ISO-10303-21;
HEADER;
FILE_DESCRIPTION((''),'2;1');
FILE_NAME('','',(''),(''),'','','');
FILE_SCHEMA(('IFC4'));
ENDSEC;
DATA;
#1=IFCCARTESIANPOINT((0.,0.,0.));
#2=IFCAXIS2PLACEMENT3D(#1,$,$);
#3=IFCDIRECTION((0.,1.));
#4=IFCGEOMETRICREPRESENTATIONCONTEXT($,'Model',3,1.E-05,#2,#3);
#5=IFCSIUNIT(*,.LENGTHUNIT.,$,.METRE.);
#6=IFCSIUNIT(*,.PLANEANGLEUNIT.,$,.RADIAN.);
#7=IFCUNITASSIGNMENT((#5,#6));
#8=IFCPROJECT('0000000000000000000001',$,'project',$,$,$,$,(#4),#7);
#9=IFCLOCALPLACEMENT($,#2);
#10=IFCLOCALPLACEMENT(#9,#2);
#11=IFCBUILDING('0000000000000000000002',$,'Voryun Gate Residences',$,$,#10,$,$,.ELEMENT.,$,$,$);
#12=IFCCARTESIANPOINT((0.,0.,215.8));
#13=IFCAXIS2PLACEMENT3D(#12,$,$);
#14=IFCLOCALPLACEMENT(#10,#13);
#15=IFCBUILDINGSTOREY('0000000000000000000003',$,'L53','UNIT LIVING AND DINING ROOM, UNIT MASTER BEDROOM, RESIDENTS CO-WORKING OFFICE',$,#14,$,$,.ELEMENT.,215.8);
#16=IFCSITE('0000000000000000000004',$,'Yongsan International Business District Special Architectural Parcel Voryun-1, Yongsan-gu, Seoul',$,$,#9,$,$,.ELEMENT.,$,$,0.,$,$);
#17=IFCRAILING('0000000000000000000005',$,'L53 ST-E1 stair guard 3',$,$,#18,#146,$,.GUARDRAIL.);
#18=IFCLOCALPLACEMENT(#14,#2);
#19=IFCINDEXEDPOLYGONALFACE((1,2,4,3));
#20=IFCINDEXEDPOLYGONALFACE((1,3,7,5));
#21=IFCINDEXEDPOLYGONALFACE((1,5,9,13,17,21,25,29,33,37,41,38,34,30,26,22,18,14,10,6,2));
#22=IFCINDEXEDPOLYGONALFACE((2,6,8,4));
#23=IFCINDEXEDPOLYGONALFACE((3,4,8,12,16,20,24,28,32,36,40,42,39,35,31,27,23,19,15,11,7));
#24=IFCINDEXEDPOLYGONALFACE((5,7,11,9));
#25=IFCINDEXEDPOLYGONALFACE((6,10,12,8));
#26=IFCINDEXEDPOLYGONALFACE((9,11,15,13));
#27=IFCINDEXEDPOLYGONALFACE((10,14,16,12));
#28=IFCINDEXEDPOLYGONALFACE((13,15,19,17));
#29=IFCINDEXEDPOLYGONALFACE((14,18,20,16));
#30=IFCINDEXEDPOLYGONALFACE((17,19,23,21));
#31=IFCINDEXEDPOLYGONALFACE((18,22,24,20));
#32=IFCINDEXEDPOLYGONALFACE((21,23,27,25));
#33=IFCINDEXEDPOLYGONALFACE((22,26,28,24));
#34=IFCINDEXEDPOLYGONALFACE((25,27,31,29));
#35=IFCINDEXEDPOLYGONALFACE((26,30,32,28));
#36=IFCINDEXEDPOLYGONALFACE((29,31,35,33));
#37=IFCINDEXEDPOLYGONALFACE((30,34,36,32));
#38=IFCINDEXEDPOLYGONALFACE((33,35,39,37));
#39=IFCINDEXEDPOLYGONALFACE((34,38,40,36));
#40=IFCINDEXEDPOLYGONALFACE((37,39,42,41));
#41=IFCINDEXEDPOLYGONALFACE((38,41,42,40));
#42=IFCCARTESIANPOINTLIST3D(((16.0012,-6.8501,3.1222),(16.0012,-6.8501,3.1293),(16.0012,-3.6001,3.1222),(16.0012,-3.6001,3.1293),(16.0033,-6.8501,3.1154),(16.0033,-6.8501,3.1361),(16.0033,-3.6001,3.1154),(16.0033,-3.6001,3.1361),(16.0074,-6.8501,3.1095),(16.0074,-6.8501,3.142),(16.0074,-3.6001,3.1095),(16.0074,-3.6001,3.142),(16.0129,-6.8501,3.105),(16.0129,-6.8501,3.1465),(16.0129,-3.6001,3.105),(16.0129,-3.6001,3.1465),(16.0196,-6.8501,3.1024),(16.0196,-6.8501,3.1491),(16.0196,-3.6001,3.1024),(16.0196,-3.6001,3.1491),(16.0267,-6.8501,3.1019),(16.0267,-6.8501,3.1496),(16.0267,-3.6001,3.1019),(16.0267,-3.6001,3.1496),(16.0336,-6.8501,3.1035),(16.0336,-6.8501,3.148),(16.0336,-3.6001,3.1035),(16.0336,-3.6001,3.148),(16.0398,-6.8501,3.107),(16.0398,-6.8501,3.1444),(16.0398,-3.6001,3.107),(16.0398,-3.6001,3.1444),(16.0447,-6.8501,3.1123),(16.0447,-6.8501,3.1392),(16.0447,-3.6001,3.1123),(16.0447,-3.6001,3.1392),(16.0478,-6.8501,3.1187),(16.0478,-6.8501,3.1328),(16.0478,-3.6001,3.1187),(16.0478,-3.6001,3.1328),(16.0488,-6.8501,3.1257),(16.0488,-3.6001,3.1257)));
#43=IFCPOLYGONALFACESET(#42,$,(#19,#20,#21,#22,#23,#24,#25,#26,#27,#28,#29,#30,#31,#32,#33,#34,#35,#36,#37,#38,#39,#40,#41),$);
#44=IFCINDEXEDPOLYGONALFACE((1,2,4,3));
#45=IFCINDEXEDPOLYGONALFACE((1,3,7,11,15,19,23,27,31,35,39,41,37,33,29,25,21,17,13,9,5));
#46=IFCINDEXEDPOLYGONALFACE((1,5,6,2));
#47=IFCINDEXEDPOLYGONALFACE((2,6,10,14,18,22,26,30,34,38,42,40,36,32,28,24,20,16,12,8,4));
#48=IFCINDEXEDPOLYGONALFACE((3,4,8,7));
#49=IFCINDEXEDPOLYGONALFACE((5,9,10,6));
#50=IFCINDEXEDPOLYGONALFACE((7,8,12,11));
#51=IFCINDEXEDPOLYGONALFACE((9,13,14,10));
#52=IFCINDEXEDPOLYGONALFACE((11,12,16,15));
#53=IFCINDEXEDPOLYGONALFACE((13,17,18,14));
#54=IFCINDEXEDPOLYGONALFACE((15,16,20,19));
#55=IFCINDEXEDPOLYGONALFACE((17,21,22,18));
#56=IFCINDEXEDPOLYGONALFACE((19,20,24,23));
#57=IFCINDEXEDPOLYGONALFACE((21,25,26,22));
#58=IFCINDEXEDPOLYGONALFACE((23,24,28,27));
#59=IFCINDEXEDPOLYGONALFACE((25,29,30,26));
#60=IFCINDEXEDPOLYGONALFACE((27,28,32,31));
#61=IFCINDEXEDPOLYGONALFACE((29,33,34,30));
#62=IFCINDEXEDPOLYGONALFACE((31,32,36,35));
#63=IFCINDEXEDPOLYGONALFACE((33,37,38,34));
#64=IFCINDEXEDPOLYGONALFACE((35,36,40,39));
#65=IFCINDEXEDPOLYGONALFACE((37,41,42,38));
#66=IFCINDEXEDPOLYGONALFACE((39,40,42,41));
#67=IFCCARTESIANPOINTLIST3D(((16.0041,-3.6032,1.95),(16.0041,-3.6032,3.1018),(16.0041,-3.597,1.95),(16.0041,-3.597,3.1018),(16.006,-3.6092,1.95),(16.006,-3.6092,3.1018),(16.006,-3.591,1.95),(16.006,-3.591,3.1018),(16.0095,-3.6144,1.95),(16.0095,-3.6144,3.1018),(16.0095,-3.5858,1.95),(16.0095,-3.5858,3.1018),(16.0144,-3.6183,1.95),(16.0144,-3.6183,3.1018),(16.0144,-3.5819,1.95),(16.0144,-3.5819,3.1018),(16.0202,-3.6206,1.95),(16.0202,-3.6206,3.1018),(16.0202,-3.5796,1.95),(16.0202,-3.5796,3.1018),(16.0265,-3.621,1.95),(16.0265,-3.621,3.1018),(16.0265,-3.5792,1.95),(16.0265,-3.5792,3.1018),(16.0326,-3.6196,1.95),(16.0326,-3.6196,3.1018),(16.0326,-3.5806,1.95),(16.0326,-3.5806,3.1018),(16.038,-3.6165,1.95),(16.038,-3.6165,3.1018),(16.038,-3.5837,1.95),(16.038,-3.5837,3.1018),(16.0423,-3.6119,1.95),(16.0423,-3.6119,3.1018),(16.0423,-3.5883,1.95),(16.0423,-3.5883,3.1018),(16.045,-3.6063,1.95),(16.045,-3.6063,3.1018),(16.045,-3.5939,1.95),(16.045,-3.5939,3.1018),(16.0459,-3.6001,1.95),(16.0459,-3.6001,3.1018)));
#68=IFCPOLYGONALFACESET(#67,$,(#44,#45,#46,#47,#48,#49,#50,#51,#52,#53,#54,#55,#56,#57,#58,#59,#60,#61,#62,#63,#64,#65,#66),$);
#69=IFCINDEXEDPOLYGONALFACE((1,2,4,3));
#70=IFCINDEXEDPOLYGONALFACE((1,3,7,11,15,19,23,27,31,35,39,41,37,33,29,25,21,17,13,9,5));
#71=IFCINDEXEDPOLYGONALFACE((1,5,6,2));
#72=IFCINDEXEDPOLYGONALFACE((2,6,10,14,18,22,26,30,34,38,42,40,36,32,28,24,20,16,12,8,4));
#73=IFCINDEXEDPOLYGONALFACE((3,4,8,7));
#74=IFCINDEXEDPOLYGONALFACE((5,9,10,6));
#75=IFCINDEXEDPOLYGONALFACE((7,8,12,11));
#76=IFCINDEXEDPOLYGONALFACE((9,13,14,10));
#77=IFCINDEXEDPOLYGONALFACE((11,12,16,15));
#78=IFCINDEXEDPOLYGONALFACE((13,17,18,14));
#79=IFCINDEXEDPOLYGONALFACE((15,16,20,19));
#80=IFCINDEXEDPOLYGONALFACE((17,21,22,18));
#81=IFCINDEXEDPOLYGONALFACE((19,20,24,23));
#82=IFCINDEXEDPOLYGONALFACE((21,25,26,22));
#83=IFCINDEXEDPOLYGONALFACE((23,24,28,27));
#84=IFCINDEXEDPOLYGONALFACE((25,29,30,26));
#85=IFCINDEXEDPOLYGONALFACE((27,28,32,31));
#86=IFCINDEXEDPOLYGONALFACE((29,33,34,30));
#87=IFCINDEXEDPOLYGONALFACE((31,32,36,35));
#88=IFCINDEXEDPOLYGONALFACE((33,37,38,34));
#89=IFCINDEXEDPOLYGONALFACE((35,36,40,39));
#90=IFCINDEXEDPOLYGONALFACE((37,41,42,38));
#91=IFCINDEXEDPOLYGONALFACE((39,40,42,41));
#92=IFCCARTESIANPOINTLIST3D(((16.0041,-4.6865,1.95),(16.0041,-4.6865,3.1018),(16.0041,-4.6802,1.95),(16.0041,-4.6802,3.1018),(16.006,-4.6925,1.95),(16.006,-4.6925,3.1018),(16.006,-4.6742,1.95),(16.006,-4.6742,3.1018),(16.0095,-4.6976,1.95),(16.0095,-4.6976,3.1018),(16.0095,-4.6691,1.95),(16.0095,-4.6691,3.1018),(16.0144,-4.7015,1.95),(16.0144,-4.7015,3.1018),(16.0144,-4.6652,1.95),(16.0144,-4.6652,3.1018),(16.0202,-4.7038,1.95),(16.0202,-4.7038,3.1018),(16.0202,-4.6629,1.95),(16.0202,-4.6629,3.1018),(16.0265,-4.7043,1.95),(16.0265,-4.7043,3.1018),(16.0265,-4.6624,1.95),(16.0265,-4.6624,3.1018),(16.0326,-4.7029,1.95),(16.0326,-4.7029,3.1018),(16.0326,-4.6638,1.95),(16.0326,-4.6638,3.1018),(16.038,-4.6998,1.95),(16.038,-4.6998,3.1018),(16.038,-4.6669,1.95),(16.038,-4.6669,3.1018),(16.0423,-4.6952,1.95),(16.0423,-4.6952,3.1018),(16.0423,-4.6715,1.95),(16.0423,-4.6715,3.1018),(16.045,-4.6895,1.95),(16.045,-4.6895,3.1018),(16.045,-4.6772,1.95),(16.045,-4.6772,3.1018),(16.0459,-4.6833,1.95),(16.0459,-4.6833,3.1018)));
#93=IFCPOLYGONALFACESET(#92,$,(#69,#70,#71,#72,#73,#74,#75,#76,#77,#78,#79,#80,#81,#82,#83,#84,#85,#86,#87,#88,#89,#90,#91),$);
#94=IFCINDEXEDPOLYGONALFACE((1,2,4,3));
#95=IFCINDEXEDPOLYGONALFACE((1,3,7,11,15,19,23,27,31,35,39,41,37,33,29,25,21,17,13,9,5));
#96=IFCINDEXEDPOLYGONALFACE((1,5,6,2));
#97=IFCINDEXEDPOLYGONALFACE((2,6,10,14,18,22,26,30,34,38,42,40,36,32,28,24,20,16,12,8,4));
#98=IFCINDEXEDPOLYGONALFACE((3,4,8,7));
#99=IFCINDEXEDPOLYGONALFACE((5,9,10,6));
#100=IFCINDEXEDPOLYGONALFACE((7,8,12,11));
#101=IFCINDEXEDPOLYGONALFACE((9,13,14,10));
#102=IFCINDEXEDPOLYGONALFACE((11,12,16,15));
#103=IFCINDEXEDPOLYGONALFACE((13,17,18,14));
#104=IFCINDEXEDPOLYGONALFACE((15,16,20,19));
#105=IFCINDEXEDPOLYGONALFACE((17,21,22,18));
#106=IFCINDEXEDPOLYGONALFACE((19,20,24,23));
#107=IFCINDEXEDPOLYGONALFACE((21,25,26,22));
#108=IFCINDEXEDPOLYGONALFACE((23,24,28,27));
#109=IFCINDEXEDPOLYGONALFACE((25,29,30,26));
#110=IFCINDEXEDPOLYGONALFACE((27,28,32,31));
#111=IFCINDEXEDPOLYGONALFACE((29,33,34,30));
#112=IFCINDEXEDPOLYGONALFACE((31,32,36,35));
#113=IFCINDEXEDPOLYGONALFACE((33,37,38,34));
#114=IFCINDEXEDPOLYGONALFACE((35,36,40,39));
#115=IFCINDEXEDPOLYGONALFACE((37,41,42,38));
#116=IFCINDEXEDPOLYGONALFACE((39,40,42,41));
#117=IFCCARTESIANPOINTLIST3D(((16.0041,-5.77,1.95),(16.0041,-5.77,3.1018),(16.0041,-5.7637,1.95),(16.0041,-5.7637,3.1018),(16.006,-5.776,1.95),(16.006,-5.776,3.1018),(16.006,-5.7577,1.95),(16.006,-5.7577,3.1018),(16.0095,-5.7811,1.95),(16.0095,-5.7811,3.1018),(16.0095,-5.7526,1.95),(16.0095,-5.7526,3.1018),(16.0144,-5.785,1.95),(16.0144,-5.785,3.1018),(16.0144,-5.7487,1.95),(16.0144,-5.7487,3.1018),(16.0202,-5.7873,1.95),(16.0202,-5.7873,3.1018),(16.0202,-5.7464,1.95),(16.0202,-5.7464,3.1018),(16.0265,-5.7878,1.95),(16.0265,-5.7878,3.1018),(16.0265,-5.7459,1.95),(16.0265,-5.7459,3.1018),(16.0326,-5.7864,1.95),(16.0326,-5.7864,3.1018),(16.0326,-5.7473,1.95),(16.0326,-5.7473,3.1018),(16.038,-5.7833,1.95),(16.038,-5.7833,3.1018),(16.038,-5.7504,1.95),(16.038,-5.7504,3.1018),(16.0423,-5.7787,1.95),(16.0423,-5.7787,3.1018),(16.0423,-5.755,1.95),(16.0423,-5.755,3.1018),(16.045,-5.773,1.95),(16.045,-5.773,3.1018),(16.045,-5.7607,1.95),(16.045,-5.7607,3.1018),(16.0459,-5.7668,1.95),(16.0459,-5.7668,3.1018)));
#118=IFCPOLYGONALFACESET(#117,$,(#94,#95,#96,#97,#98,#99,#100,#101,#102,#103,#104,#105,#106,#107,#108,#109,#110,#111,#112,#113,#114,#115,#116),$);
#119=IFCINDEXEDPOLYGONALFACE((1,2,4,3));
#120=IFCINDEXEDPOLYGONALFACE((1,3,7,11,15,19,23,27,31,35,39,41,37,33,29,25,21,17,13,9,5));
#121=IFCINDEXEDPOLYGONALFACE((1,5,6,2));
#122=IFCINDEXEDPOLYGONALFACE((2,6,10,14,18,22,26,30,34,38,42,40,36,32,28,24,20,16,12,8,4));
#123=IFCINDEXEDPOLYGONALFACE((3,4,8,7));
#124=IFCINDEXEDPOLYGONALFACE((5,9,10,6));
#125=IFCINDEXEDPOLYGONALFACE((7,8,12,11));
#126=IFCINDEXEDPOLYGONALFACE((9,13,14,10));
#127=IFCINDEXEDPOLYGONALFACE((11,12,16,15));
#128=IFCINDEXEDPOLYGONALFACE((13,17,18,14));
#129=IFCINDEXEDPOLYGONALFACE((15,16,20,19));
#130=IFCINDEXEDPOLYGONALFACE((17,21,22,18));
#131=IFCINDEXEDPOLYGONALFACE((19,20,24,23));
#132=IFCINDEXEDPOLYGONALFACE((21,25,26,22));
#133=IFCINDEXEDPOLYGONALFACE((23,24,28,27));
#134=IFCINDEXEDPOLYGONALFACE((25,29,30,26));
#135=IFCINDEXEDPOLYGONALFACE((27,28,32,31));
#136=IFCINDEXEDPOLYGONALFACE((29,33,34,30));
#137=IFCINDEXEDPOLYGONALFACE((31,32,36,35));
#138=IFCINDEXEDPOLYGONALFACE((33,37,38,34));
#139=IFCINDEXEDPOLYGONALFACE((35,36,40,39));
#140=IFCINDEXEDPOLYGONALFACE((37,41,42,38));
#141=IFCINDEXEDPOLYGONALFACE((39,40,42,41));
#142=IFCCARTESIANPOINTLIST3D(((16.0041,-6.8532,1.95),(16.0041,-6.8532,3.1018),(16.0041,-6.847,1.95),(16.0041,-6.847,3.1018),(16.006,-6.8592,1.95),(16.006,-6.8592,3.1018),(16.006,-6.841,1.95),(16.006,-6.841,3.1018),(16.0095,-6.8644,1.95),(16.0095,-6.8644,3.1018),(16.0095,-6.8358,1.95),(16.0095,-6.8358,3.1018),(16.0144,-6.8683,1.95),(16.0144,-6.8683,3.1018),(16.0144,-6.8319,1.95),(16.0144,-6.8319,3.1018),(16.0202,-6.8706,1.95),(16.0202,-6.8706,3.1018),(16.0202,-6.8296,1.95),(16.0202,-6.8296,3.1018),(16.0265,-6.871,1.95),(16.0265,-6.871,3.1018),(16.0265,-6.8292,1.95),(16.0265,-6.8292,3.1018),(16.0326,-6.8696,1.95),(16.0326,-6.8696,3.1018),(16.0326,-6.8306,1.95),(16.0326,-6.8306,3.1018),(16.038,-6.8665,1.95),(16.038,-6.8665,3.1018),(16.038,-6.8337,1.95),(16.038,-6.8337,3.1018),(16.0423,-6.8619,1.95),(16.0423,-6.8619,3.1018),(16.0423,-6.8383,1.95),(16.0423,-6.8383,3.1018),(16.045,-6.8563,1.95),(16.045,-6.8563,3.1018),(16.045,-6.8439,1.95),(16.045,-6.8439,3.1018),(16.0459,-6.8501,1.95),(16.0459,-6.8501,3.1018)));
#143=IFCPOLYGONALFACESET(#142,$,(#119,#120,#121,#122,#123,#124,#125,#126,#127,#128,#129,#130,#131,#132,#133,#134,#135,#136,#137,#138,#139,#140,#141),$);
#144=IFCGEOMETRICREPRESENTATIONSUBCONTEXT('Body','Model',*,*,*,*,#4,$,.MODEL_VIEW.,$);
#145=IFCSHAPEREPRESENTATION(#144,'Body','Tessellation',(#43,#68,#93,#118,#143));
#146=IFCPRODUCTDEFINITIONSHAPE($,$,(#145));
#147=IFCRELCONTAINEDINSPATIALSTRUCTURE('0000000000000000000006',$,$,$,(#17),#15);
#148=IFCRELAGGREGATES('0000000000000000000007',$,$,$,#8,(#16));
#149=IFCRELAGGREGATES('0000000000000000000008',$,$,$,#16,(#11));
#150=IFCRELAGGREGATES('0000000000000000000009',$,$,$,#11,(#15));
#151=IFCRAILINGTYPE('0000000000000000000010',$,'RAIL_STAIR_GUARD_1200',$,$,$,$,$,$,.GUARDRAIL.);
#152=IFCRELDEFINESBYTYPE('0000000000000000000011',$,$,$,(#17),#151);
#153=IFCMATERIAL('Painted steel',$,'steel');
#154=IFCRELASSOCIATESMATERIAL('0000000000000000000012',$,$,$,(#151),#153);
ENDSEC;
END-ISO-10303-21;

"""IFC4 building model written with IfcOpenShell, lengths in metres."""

from ifc_helpers import new_model, si_unit, direction, frame, origin, origin_2d, place, context, subcontext, project, spatial, circle, extrude, material, type_object, element, save


model = new_model("IFC4")

# Units and contexts
model_context = context("Model", 3, precision=1e-05, world=origin(), true_north=direction((0.0, 1.0)))
body_context = subcontext(model_context, "Body", "Model", "MODEL_VIEW")
ifc_project = project(units=[si_unit("LENGTHUNIT", "METRE"), si_unit("PLANEANGLEUNIT", "RADIAN")], contexts=[model_context])

# Site, building, storey
site_placement = place(None, origin())
site = spatial("IfcSite", under=ifc_project, at=site_placement, Name="Yongsan International Business District Special Architectural Parcel Voryun-1, Yongsan-gu, Seoul", CompositionType="ELEMENT", RefElevation=0.0)
building_placement = place(site_placement, origin())
building = spatial("IfcBuilding", under=site, at=building_placement, Name="Voryun Gate Residences", CompositionType="ELEMENT")
storey_placement = place(building_placement, frame((0.0, 0.0, 215.8)))
storey = spatial("IfcBuildingStorey", under=building, at=storey_placement, Name="L53", Description="UNIT LIVING AND DINING ROOM, UNIT MASTER BEDROOM, RESIDENTS CO-WORKING OFFICE", CompositionType="ELEMENT", Elevation=215.8)

# Railing
ifc_material_1 = material(Name="Painted steel", Category="steel")
railing_type = type_object("IfcRailingType", Name="RAIL_STAIR_GUARD_1200", PredefinedType="GUARDRAIL", material=ifc_material_1)
railing_1_placement = place(storey_placement, frame((16.0249, -3.6001, 1.95)))
element("IfcRailing", 1, at=railing_1_placement, inside=storey, type_object=railing_type, Name="L53 ST-E1 stair guard 3", PredefinedType="GUARDRAIL", context=body_context, shape_type="SweptSolid", body=[
    extrude(circle(Radius=0.0239, at=origin_2d()), frame((0.0, 0.0, 1.1758), z_axis=(0.0, -1.0, 0.0), x_axis=(1.0, 0.0, 0.0)), (0.0, 0.0, 1.0), 3.25),
    extrude(circle(Radius=0.021, at=origin_2d()), origin(), (0.0, 0.0, 1.0), 1.1519),
    extrude(circle(Radius=0.021, at=origin_2d()), frame((0.0, -1.0833, 0.0)), (0.0, 0.0, 1.0), 1.1519),
    extrude(circle(Radius=0.021, at=origin_2d()), frame((0.0, -2.1667, 0.0)), (0.0, 0.0, 1.0), 1.1519),
    extrude(circle(Radius=0.021, at=origin_2d()), frame((0.0, -3.25, 0.0)), (0.0, 0.0, 1.0), 1.1519),
])

save(model, "model.ifc")
